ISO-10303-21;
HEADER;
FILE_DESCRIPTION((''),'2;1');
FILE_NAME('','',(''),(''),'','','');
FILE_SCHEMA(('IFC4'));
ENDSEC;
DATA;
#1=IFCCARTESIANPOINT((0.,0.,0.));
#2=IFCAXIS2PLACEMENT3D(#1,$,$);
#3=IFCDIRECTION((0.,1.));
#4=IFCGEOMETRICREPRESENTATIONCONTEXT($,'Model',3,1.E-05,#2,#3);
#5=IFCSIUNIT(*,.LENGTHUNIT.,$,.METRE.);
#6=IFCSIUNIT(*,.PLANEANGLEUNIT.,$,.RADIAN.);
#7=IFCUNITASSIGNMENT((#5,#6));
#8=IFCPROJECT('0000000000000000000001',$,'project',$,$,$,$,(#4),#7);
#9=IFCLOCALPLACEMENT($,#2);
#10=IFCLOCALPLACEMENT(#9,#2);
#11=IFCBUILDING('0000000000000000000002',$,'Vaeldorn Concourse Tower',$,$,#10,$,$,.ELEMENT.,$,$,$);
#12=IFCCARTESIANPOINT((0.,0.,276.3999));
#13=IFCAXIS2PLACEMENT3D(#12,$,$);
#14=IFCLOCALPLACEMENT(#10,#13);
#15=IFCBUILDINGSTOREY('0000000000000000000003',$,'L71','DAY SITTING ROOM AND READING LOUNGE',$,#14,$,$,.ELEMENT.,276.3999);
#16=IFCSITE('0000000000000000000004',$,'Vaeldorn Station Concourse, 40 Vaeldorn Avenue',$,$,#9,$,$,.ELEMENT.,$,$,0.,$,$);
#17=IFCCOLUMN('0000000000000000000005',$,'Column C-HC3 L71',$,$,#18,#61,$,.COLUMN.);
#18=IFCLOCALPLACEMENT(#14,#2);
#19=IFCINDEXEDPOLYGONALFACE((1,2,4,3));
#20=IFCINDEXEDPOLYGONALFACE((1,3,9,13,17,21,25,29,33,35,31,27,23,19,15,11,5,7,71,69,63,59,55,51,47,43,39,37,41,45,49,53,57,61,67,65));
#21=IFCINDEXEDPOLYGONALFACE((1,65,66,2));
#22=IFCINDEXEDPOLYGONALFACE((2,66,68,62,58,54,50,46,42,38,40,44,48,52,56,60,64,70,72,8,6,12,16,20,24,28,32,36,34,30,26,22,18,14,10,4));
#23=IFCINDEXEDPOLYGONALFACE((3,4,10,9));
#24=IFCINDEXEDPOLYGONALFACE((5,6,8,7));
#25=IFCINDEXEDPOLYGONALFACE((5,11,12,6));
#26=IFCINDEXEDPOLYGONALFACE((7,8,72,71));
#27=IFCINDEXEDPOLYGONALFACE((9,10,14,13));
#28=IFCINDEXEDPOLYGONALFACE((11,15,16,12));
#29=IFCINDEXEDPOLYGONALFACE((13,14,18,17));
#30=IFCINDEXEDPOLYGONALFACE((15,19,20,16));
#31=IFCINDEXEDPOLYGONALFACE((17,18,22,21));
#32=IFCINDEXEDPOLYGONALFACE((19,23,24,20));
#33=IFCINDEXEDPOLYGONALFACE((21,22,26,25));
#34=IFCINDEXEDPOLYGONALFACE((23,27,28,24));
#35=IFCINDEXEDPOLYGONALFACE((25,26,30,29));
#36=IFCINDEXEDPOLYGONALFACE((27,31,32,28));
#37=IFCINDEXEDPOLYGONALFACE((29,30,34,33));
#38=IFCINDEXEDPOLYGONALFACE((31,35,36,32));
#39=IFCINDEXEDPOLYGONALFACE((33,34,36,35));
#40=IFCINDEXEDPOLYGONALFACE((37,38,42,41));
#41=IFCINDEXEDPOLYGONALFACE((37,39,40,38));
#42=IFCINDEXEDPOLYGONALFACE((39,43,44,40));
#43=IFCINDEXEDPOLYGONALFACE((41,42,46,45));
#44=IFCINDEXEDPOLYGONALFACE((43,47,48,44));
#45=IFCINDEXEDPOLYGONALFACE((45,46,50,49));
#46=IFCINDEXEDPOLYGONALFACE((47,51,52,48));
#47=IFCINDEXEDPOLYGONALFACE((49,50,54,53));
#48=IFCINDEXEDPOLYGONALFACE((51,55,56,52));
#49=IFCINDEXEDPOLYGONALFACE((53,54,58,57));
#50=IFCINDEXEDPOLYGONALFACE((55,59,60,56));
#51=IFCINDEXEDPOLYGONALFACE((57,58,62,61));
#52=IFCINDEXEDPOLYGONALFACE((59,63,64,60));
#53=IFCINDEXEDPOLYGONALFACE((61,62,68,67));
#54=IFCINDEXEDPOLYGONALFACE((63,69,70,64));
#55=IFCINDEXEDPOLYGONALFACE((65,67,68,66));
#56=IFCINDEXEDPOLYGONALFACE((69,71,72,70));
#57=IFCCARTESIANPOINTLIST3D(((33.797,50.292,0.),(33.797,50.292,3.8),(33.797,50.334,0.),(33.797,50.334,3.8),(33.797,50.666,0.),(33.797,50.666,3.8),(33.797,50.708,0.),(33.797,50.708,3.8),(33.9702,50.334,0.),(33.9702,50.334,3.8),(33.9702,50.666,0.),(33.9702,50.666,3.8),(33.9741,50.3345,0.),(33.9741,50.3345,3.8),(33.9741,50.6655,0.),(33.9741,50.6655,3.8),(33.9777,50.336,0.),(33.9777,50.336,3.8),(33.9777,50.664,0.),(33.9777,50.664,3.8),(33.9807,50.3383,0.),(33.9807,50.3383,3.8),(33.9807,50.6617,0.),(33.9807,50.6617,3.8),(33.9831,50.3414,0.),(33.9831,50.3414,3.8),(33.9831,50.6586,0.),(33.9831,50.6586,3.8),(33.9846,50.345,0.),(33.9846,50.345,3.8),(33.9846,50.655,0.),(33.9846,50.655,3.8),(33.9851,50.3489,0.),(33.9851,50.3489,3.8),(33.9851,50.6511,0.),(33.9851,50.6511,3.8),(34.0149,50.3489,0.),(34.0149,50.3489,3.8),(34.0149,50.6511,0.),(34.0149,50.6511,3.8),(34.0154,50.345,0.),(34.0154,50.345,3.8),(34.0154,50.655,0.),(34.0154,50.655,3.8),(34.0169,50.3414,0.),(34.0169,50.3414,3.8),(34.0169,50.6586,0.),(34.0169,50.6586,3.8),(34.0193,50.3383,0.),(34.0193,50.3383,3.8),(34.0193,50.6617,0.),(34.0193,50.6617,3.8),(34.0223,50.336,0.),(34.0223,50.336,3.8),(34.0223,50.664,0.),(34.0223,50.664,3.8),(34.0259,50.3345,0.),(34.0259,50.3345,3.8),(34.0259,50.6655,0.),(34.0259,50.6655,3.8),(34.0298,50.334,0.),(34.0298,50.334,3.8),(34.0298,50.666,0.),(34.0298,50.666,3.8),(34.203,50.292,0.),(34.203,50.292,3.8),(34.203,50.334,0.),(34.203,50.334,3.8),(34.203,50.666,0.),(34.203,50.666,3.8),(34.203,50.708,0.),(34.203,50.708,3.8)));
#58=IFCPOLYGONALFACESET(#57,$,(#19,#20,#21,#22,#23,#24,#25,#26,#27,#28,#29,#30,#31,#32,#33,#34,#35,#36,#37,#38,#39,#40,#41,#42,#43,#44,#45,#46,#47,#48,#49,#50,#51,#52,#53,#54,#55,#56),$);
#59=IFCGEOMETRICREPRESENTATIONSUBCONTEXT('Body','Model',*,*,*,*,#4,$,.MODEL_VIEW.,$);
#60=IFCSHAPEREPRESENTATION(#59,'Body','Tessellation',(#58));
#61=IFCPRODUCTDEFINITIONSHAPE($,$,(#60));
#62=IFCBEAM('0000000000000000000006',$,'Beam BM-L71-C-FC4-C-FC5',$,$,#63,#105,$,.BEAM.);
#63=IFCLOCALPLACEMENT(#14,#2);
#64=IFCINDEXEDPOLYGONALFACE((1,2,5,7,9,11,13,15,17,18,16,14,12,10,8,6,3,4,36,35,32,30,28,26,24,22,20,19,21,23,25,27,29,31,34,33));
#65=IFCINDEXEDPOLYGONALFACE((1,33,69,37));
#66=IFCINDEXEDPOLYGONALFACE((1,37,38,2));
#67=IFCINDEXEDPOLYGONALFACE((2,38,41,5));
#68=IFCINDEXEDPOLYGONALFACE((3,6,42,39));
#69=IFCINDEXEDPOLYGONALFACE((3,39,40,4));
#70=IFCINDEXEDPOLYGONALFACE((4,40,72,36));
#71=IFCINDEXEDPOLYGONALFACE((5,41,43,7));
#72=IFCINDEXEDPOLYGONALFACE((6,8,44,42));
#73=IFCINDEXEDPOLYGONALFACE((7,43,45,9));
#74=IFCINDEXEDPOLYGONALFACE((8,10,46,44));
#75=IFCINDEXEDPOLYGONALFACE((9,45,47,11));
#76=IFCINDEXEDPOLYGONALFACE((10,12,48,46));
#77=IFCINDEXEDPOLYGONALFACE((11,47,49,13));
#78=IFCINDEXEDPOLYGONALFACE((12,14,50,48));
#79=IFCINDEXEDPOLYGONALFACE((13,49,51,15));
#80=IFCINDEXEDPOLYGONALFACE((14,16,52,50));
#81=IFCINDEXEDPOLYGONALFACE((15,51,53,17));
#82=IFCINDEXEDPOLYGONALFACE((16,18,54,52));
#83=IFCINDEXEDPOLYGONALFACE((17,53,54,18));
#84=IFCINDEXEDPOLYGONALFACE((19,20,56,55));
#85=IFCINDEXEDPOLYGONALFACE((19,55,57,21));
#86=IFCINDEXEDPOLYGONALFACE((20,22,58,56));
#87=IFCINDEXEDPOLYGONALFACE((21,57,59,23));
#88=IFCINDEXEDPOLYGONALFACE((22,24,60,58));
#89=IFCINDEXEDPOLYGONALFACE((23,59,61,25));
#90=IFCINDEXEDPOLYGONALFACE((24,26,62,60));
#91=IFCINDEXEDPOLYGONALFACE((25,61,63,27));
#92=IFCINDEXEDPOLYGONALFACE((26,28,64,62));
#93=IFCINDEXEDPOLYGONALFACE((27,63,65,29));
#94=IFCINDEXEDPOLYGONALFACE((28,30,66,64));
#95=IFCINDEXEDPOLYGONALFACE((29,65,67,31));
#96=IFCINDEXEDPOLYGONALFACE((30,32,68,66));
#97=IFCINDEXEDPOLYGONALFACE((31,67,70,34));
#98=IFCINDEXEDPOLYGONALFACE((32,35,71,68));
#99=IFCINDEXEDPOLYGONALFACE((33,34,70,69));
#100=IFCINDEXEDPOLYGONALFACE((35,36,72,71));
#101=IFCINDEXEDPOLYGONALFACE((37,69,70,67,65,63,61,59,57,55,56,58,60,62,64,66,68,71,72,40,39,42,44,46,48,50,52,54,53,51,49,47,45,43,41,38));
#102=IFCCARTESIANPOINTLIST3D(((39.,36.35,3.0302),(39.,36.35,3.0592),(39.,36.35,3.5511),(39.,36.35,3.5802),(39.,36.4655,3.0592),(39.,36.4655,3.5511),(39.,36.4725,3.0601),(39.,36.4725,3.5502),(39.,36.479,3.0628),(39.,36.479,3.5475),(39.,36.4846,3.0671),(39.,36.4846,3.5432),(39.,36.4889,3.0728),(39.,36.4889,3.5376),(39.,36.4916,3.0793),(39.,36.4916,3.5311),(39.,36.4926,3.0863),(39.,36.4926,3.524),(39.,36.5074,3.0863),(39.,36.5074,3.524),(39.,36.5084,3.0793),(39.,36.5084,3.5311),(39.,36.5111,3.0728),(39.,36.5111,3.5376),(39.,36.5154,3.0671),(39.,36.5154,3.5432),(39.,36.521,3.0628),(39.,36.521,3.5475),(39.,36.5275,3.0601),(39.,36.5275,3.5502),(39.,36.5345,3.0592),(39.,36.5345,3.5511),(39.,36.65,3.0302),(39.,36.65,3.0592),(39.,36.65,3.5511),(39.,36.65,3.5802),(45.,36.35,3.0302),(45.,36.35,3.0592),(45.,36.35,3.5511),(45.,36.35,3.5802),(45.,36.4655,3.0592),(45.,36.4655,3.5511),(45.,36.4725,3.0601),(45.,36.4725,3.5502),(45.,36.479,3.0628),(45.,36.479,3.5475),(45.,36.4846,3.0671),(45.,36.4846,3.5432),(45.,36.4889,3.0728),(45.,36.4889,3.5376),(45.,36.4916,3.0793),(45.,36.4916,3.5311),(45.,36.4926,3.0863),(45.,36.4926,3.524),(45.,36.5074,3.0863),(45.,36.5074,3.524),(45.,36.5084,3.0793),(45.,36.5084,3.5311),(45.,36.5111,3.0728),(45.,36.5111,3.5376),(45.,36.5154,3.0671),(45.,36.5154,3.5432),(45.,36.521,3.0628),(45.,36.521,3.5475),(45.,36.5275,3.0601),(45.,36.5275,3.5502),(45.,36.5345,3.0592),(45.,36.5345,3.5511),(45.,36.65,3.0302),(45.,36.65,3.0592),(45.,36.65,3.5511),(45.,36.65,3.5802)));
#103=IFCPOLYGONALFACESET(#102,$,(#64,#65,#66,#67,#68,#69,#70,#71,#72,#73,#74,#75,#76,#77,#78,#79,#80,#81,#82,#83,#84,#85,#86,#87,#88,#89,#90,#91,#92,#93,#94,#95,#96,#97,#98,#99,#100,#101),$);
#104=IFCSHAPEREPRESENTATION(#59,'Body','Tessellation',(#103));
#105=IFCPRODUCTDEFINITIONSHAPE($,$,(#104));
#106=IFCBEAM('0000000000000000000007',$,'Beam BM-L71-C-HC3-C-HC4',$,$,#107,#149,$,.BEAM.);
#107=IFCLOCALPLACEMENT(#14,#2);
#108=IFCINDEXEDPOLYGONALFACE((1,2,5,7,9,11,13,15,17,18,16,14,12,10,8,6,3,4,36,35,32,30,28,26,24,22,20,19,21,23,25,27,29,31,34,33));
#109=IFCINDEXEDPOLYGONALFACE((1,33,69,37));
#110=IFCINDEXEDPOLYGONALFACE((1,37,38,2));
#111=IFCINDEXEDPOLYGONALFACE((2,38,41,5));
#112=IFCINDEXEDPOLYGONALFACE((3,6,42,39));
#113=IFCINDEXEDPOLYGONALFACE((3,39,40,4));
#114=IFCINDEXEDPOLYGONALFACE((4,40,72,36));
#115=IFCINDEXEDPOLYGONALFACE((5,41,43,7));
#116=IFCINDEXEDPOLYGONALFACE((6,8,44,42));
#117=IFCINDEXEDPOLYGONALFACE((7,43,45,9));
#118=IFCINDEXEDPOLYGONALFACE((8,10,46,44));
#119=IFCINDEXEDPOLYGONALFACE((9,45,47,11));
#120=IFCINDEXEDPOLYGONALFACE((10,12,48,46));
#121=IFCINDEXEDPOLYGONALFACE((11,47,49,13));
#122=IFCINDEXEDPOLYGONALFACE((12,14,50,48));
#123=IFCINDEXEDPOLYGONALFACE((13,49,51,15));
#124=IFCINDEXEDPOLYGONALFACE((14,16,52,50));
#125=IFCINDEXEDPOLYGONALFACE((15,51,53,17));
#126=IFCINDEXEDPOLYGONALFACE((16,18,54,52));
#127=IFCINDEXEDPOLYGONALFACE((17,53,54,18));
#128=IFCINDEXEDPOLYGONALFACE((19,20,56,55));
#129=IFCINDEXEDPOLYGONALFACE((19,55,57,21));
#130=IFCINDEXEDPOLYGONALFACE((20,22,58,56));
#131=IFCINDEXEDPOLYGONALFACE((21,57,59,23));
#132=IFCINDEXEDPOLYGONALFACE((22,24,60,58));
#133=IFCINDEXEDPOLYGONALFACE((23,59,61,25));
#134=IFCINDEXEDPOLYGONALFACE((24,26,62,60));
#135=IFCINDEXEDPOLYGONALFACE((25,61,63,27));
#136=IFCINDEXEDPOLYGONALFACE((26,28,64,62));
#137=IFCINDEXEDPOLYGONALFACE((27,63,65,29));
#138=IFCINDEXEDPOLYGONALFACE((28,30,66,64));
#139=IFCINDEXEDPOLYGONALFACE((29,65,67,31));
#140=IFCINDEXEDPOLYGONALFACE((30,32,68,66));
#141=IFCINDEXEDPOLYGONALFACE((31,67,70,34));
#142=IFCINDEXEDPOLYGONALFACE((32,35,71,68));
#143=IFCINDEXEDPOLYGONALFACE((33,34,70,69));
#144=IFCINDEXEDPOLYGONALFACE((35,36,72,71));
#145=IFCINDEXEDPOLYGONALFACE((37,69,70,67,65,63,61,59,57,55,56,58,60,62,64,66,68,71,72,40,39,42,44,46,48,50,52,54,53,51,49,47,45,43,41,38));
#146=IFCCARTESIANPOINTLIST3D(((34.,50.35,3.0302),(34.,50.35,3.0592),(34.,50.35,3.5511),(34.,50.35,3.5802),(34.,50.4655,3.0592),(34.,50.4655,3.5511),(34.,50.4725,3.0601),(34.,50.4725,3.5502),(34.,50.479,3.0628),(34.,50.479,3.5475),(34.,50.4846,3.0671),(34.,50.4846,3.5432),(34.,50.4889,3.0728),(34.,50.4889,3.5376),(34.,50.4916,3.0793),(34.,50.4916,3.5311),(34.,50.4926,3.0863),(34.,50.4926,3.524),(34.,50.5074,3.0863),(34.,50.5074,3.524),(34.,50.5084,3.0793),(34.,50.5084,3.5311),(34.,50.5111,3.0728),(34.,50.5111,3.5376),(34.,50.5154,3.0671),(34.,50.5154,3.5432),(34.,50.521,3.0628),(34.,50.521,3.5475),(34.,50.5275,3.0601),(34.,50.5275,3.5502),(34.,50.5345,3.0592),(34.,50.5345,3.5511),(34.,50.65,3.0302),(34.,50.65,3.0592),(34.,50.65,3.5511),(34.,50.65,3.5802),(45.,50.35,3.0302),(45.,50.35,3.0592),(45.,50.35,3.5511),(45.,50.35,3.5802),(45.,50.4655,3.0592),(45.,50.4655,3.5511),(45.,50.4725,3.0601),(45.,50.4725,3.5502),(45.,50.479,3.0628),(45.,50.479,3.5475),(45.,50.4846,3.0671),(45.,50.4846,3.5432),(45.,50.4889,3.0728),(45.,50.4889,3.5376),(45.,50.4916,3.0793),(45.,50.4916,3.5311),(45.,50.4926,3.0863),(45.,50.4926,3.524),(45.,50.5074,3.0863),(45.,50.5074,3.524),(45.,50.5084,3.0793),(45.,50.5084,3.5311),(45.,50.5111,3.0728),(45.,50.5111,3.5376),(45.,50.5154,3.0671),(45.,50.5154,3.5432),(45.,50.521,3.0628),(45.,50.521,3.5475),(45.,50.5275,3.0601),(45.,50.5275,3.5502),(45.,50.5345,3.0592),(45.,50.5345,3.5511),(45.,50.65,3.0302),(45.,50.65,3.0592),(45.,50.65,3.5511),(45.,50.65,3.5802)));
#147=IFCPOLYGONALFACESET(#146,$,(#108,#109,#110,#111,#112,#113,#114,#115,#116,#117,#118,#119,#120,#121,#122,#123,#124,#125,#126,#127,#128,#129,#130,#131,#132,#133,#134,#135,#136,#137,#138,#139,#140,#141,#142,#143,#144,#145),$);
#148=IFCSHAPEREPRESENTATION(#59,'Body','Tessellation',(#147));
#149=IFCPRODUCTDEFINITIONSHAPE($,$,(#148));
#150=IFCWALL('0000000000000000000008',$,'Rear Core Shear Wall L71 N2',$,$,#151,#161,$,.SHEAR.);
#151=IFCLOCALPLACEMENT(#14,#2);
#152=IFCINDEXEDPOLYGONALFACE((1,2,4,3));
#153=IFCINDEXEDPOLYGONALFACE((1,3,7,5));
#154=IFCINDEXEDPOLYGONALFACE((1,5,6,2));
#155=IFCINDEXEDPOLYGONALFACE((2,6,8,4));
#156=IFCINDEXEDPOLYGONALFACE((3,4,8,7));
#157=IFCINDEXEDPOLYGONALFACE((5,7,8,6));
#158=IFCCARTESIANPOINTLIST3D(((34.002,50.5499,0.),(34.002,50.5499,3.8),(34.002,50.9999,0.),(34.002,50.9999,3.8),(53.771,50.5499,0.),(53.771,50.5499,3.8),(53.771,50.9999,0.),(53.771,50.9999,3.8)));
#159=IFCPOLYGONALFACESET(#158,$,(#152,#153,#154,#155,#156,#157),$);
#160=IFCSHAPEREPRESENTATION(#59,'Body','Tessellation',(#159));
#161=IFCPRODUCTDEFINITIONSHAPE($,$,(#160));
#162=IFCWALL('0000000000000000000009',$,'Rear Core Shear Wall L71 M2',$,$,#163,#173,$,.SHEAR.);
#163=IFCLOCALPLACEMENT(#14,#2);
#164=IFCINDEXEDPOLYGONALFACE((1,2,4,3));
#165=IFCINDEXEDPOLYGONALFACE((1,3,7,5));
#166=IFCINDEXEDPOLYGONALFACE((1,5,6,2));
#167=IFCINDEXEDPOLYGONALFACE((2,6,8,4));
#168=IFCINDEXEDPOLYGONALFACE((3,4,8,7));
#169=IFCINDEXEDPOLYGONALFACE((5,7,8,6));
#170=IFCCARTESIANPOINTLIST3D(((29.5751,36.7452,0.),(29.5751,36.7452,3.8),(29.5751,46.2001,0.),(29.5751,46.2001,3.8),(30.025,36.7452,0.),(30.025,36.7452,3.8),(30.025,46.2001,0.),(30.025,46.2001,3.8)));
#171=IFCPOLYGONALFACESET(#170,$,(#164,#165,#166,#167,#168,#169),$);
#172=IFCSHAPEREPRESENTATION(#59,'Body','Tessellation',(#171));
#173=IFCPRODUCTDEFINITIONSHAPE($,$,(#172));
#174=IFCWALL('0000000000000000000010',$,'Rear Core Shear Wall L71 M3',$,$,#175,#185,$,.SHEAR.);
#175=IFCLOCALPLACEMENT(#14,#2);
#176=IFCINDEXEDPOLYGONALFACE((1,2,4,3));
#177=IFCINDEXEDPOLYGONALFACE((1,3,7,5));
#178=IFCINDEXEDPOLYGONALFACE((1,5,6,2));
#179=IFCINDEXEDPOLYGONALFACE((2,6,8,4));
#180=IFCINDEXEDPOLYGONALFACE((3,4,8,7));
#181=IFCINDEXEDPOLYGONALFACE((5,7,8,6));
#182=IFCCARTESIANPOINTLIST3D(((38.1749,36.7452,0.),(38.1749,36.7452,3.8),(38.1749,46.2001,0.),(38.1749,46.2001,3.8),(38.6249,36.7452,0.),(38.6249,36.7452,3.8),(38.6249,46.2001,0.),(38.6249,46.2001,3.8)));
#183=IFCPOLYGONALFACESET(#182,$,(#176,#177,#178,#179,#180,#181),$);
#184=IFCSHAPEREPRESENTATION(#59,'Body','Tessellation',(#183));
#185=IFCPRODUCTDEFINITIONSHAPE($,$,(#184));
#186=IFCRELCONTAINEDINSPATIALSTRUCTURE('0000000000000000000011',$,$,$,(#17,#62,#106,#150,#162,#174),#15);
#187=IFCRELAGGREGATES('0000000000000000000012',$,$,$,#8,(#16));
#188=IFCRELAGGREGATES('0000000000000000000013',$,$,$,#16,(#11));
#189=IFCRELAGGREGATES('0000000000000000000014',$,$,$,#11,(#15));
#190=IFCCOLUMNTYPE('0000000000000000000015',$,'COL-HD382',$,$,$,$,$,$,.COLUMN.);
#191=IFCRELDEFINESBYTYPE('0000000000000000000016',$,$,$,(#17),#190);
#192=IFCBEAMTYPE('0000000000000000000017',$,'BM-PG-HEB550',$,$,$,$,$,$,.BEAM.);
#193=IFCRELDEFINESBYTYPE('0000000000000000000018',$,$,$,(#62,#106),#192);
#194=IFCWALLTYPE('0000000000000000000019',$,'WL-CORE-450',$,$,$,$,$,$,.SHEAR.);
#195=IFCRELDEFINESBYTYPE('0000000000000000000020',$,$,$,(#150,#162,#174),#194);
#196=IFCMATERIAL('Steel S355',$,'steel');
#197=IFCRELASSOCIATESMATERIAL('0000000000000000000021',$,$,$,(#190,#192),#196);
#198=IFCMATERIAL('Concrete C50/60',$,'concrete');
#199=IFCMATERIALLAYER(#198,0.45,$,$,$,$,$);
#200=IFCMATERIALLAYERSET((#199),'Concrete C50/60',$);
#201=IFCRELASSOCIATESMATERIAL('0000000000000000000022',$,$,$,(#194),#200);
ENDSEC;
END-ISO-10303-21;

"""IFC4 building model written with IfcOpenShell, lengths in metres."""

from ifc_helpers import new_model, si_unit, direction, frame, frame_2d, origin, origin_2d, place, context, subcontext, project, spatial, rectangle, i_section, extrude, source, transform, mapped, material, layer, layer_set, material_profile, profile_set, type_object, element, save


model = new_model("IFC4")

# Units and contexts
model_context = context("Model", 3, precision=1e-05, world=origin(), true_north=direction((0.0, 1.0)))
body_context = subcontext(model_context, "Body", "Model", "MODEL_VIEW")
ifc_project = project(units=[si_unit("LENGTHUNIT", "METRE"), si_unit("PLANEANGLEUNIT", "RADIAN")], contexts=[model_context])

# Site, building, storey
site_placement = place(None, origin())
site = spatial("IfcSite", under=ifc_project, at=site_placement, Name="Vaeldorn Station Concourse, 40 Vaeldorn Avenue", CompositionType="ELEMENT", RefElevation=0.0)
building_placement = place(site_placement, origin())
building = spatial("IfcBuilding", under=site, at=building_placement, Name="Vaeldorn Concourse Tower", CompositionType="ELEMENT")
storey_placement = place(building_placement, frame((0.0, 0.0, 276.3999)))
storey = spatial("IfcBuildingStorey", under=building, at=storey_placement, Name="L71", Description="DAY SITTING ROOM AND READING LOUNGE", CompositionType="ELEMENT", Elevation=276.3999)

# Column
ifc_material_1 = material(Name="Steel S355", Category="steel")
ifc_material_profile_1 = material_profile(ifc_material_1, i_section(OverallWidth=0.406, OverallDepth=0.416, WebThickness=0.0298, FlangeThickness=0.042, FilletRadius=0.0149, at=origin_2d()), Name="HD 400x382")
ifc_profile_set_1 = profile_set([ifc_material_profile_1], Name="Steel S355")
column_type = type_object("IfcColumnType", Name="COL-HD382", PredefinedType="COLUMN", material=ifc_profile_set_1)
shared_shape_1 = source(origin(), body_context, "Body", "SweptSolid", [
    extrude(i_section(OverallWidth=0.406, OverallDepth=0.416, WebThickness=0.0298, FlangeThickness=0.042, FilletRadius=0.0149, at=origin_2d()), origin(), (0.0, 0.0, 1.0), 3.8),
])
column_placement = place(storey_placement, frame((34.0, 50.5, 0.0), z_axis=(0.0, 0.0, 1.0), x_axis=(1.0, 0.0, 0.0)))
element("IfcColumn", 1, at=column_placement, inside=storey, type_object=column_type, Name="Column C-HC3 L71", PredefinedType="COLUMN", context=body_context, shape_type="MappedRepresentation", body=[
    mapped(shared_shape_1, transform((0.0, 0.0, 0.0), scale=1.0)),
])

# Beams
ifc_material_profile_2 = material_profile(ifc_material_1, i_section(OverallWidth=0.3, OverallDepth=0.55, WebThickness=0.0149, FlangeThickness=0.0291, FilletRadius=0.0271, at=origin_2d()), Name="HEB 550")
ifc_profile_set_2 = profile_set([ifc_material_profile_2], Name="Steel S355")
beam_type = type_object("IfcBeamType", Name="BM-PG-HEB550", PredefinedType="BEAM", material=ifc_profile_set_2)
shared_shape_2 = source(origin(), body_context, "Body", "SweptSolid", [
    extrude(i_section(OverallWidth=0.3, OverallDepth=0.55, WebThickness=0.0149, FlangeThickness=0.0291, FilletRadius=0.0271, at=origin_2d()), origin(), (0.0, 0.0, 1.0), 6.0),
])
beam_1_placement = place(storey_placement, frame((39.0, 36.5, 3.3052), z_axis=(1.0, 0.0, 0.0), x_axis=(0.0, 1.0, 0.0)))
element("IfcBeam", 2, at=beam_1_placement, inside=storey, type_object=beam_type, Name="Beam BM-L71-C-FC4-C-FC5", PredefinedType="BEAM", context=body_context, shape_type="MappedRepresentation", body=[
    mapped(shared_shape_2, transform((0.0, 0.0, 0.0), scale=1.0)),
])
shared_shape_3 = source(origin(), body_context, "Body", "SweptSolid", [
    extrude(i_section(OverallWidth=0.3, OverallDepth=0.55, WebThickness=0.0149, FlangeThickness=0.0291, FilletRadius=0.0271, at=origin_2d()), origin(), (0.0, 0.0, 1.0), 11.0),
])
beam_2_placement = place(storey_placement, frame((34.0, 50.5, 3.3052), z_axis=(1.0, 0.0, 0.0), x_axis=(0.0, 1.0, 0.0)))
element("IfcBeam", 3, at=beam_2_placement, inside=storey, type_object=beam_type, Name="Beam BM-L71-C-HC3-C-HC4", PredefinedType="BEAM", context=body_context, shape_type="MappedRepresentation", body=[
    mapped(shared_shape_3, transform((0.0, 0.0, 0.0), scale=1.0)),
])

# Walls
ifc_material_2 = material(Name="Concrete C50/60", Category="concrete")
ifc_layer_1 = layer(ifc_material_2, 0.45)
ifc_layer_set_1 = layer_set([ifc_layer_1], Name="Concrete C50/60")
wall_type_1 = type_object("IfcWallType", Name="WL-CORE-450", PredefinedType="SHEAR", material=ifc_layer_set_1)
wall_1_placement = place(storey_placement, frame((34.002, 50.7749, 0.0), z_axis=(0.0, 0.0, 1.0), x_axis=(1.0, 0.0, 0.0)))
element("IfcWall", 4, at=wall_1_placement, inside=storey, type_object=wall_type_1, Name="Rear Core Shear Wall L71 N2", PredefinedType="SHEAR", context=body_context, shape_type="SweptSolid", body=[
    extrude(rectangle(XDim=19.769, YDim=0.45, at=frame_2d((9.8845, 0.0))), origin(), (0.0, 0.0, 1.0), 3.8),
])
for number, where, z_axis, x_axis, name in (
    (5, (29.8, 36.7451, 0.0), (0.0, 0.0, 1.0), (0.0, 1.0, 0.0), "Rear Core Shear Wall L71 M2"),
    (6, (38.3999, 36.7451, 0.0), (0.0, 0.0, 1.0), (0.0, 1.0, 0.0), "Rear Core Shear Wall L71 M3"),
):
    element("IfcWall", number, at=place(storey_placement, frame(where, z_axis=z_axis, x_axis=x_axis)), inside=storey, type_object=wall_type_1, Name=name, PredefinedType="SHEAR", context=body_context, shape_type="SweptSolid", body=[
        extrude(rectangle(XDim=9.4548, YDim=0.45, at=frame_2d((4.7275, 0.0))), origin(), (0.0, 0.0, 1.0), 3.8),
    ])

save(model, "model.ifc")
